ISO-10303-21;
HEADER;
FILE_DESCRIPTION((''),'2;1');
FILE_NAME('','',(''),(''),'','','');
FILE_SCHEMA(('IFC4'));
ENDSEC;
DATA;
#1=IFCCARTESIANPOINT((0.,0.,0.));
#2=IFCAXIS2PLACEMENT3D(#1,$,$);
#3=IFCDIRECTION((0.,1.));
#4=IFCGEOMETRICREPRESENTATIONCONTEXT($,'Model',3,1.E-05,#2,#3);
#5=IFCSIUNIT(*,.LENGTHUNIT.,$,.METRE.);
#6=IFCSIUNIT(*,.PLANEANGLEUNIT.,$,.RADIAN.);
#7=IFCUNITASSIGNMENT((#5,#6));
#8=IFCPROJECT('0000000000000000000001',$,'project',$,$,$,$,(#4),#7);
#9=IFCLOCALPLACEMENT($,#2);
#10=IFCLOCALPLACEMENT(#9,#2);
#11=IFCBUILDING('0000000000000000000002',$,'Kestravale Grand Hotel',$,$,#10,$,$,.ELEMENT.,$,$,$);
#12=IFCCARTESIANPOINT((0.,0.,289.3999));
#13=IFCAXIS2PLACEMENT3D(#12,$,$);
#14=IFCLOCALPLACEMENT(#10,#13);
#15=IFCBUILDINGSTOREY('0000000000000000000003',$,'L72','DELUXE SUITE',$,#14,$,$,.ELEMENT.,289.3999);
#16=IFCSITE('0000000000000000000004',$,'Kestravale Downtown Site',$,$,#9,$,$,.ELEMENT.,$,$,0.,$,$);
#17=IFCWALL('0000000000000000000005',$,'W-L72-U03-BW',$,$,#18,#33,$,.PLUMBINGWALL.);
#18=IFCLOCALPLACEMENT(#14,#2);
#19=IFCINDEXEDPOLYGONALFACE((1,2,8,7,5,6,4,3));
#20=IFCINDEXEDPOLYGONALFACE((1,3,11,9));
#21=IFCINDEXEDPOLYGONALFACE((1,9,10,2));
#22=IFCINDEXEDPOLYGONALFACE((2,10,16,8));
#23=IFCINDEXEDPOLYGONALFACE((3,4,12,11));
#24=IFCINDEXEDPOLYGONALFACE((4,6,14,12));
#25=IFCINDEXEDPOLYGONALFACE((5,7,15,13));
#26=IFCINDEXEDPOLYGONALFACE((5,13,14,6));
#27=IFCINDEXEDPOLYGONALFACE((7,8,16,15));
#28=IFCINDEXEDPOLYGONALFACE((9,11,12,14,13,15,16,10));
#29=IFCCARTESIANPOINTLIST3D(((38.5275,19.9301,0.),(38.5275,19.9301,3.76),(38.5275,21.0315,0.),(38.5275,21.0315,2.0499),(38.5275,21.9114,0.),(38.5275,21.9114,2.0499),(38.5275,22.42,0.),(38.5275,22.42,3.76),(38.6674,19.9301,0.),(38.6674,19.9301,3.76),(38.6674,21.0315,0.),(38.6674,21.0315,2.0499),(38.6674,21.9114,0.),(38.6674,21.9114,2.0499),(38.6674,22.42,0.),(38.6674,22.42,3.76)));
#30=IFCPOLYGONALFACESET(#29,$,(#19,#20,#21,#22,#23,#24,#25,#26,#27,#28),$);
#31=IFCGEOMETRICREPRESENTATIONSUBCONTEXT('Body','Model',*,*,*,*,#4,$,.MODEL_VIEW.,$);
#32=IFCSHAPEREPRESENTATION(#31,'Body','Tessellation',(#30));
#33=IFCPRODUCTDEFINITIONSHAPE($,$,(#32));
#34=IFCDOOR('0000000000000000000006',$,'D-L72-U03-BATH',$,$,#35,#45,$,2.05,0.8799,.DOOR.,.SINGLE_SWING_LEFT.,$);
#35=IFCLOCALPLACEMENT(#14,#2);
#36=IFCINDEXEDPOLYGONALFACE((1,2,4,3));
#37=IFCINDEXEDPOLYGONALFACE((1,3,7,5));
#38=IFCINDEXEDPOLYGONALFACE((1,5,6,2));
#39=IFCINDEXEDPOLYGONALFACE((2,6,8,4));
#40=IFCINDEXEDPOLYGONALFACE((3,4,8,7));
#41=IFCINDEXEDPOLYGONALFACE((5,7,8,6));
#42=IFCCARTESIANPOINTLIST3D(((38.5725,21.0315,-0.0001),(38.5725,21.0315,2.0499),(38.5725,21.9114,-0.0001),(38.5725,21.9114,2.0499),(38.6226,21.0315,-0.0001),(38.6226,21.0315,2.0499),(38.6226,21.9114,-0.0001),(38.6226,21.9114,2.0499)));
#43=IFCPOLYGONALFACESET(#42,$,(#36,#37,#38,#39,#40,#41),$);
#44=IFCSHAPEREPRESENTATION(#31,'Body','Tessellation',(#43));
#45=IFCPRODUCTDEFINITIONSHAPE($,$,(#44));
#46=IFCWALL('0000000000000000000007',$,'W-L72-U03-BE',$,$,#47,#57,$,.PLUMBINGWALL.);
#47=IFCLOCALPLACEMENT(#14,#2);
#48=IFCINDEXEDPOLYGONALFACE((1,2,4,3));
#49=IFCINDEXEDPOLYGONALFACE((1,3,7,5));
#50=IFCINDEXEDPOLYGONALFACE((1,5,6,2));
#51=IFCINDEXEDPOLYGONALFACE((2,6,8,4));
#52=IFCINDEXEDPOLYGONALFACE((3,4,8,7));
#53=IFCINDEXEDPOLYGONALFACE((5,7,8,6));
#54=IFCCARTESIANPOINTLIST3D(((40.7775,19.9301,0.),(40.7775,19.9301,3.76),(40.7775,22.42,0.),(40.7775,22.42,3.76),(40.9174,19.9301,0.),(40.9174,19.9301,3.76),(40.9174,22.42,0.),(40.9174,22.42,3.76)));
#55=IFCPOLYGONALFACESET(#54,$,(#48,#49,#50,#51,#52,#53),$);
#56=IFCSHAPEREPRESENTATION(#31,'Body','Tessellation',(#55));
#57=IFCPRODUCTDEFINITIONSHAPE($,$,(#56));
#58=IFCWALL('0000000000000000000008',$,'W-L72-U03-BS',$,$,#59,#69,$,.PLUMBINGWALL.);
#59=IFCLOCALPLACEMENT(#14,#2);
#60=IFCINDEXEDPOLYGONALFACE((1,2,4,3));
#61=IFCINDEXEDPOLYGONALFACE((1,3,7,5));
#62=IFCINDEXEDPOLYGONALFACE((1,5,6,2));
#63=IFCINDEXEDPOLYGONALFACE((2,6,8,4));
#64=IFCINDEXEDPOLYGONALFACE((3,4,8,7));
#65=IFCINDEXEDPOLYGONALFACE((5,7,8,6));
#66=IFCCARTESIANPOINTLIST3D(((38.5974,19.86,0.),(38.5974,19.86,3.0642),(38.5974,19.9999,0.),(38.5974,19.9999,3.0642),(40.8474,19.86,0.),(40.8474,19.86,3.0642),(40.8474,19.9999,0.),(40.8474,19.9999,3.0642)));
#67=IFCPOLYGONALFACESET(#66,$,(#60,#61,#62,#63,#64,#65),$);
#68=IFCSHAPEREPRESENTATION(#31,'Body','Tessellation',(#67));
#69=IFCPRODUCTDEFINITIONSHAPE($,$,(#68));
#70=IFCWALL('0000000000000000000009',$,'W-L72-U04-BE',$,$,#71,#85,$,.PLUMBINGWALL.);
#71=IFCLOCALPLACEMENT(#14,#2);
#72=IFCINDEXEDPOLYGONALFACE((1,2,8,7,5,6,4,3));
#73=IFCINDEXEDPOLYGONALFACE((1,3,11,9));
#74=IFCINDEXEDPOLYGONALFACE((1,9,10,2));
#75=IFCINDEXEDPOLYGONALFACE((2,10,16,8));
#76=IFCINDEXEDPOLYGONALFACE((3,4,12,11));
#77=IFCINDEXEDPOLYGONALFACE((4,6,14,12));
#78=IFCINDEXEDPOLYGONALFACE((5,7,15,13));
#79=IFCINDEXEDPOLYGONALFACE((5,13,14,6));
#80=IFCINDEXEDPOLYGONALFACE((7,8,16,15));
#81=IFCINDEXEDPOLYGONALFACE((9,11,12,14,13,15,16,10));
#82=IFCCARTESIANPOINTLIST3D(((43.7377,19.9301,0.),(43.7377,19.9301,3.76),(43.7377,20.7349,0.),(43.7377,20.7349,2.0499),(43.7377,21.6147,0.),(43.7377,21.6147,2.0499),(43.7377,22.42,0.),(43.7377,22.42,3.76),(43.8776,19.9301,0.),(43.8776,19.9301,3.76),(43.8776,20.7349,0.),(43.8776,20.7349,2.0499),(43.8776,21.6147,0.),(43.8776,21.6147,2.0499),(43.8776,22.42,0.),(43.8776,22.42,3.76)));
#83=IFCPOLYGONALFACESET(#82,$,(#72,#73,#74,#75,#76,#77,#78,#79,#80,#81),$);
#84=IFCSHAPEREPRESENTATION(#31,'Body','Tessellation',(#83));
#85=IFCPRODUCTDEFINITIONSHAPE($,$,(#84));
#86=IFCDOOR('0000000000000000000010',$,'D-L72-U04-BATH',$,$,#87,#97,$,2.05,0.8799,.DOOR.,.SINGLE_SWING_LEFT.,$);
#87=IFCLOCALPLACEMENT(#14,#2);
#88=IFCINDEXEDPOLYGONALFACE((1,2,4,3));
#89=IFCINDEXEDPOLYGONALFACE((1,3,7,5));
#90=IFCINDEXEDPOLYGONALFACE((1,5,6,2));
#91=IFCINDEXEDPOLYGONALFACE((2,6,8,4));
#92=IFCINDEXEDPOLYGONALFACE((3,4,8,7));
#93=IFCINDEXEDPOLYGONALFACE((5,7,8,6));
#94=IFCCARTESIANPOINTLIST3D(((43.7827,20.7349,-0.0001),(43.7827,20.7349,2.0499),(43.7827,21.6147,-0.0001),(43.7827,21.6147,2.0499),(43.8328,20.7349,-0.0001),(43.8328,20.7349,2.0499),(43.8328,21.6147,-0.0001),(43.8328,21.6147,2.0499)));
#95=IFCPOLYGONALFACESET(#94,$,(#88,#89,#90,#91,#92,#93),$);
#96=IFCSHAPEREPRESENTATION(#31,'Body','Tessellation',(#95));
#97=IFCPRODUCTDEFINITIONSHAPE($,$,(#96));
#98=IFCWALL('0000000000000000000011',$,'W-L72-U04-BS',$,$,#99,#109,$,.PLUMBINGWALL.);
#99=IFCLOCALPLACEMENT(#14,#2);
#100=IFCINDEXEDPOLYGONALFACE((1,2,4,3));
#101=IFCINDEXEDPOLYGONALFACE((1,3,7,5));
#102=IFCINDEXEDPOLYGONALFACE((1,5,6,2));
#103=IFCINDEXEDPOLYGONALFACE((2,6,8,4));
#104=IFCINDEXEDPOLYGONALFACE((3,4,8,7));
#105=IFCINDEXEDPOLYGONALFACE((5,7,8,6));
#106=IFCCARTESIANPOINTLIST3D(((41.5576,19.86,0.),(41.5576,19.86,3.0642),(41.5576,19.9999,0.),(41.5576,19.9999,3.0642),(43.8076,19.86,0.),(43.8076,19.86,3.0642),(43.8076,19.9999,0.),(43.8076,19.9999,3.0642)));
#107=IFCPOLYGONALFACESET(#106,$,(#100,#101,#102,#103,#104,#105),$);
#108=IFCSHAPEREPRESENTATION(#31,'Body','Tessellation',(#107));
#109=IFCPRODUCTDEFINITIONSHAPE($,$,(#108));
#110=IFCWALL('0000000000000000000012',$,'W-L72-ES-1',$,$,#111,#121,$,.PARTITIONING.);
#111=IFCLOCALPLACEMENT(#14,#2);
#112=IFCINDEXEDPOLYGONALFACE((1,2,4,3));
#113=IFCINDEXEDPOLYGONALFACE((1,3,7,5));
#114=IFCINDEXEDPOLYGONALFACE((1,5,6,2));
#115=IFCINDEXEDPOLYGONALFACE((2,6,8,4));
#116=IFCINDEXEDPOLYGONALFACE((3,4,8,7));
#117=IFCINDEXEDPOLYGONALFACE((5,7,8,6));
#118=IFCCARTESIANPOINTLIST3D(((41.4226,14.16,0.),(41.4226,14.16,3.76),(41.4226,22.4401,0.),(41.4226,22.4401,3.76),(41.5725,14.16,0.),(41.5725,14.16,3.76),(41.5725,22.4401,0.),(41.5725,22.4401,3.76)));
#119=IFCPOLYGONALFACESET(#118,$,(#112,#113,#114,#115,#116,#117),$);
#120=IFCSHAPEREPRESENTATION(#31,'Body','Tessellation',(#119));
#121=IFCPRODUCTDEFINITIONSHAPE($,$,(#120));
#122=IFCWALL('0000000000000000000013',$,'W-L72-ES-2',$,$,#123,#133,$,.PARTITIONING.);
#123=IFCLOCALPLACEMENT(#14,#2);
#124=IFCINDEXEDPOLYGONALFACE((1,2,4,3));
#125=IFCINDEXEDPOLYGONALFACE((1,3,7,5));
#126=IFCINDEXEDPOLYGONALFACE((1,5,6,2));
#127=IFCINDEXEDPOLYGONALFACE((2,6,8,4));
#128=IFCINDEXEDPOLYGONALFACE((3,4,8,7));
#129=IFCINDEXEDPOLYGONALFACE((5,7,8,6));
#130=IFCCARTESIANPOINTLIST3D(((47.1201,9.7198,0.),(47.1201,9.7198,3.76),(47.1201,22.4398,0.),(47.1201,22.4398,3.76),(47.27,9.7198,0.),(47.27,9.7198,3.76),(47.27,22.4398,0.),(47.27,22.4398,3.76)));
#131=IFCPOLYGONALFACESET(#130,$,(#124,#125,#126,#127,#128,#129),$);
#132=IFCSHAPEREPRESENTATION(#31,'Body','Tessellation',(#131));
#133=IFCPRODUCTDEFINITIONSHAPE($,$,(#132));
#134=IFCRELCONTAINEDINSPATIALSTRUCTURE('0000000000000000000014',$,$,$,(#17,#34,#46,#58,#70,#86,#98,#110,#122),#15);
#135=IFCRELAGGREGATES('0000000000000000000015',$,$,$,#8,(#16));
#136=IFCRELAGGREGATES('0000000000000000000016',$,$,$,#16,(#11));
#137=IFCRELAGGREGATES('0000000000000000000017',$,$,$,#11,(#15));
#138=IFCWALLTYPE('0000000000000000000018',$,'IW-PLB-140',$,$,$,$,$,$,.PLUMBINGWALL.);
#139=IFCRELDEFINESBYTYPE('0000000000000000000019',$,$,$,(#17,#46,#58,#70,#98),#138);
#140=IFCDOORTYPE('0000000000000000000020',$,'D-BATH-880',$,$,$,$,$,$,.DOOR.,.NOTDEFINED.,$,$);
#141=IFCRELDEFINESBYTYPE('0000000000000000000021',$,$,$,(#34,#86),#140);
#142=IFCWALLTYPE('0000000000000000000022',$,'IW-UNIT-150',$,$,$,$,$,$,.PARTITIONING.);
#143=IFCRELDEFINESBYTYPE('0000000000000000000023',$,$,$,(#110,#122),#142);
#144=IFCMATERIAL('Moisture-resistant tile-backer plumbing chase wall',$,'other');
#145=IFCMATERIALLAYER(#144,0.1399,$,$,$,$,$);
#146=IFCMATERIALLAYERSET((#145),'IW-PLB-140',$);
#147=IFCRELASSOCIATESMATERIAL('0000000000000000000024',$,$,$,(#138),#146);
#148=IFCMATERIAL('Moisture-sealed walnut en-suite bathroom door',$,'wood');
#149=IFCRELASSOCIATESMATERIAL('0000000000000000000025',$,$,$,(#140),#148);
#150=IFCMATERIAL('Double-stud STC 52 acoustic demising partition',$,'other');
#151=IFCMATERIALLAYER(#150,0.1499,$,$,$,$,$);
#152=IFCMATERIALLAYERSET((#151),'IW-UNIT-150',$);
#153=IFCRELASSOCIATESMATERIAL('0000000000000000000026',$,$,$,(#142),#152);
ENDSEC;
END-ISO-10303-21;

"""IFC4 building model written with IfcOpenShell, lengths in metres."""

from ifc_helpers import new_model, si_unit, direction, frame, frame_2d, origin, place, context, subcontext, project, spatial, rectangle, extrude, material, layer, layer_set, type_object, element, fill, save


model = new_model("IFC4")

# Units and contexts
model_context = context("Model", 3, precision=1e-05, world=origin(), true_north=direction((0.0, 1.0)))
body_context = subcontext(model_context, "Body", "Model", "MODEL_VIEW")
ifc_project = project(units=[si_unit("LENGTHUNIT", "METRE"), si_unit("PLANEANGLEUNIT", "RADIAN")], contexts=[model_context])

# Site, building, storey
site_placement = place(None, origin())
site = spatial("IfcSite", under=ifc_project, at=site_placement, Name="Kestravale Downtown Site", CompositionType="ELEMENT", RefElevation=0.0)
building_placement = place(site_placement, origin())
building = spatial("IfcBuilding", under=site, at=building_placement, Name="Kestravale Grand Hotel", CompositionType="ELEMENT")
storey_placement = place(building_placement, frame((0.0, 0.0, 289.3999)))
storey = spatial("IfcBuildingStorey", under=building, at=storey_placement, Name="L72", Description="DELUXE SUITE", CompositionType="ELEMENT", Elevation=289.3999)

# Wall, opening, door
ifc_material_1 = material(Name="Moisture-resistant tile-backer plumbing chase wall", Category="other")
ifc_layer_1 = layer(ifc_material_1, 0.1399)
ifc_layer_set_1 = layer_set([ifc_layer_1], Name="IW-PLB-140")
wall_type_1 = type_object("IfcWallType", Name="IW-PLB-140", PredefinedType="PLUMBINGWALL", material=ifc_layer_set_1)
wall_1_placement = place(storey_placement, frame((38.5974, 19.9299, 0.0), z_axis=(0.0, 0.0, 1.0), x_axis=(0.0, 1.0, 0.0)))
wall_1 = element("IfcWall", 1, at=wall_1_placement, inside=storey, type_object=wall_type_1, Name="W-L72-U03-BW", PredefinedType="PLUMBINGWALL", context=body_context, shape_type="SweptSolid", body=[
    extrude(rectangle(XDim=2.49, YDim=0.1399, at=frame_2d((1.2451, 0.0))), origin(), (0.0, 0.0, 1.0), 3.76),
])
opening_1_placement = place(wall_1_placement, frame((1.1016, 0.0, 0.0)))
opening_1 = element("IfcOpeningElement", 2, at=opening_1_placement, cuts=wall_1, PredefinedType="OPENING", context=body_context, shape_type="SweptSolid", body=[
    extrude(rectangle(XDim=0.8799, YDim=2.05, at=frame_2d((0.4399, 1.0249))), frame((0.0, 0.0798, 0.0), z_axis=(0.0, -1.0, 0.0), x_axis=(1.0, 0.0, 0.0)), (0.0, 0.0, 1.0), 0.1599),
])
ifc_material_2 = material(Name="Moisture-sealed walnut en-suite bathroom door", Category="wood")
door_type_1 = type_object("IfcDoorType", Name="D-BATH-880", OperationType="NOTDEFINED", PredefinedType="DOOR", material=ifc_material_2)
door_1_placement = place(opening_1_placement, origin())
door_1 = element("IfcDoor", 3, at=door_1_placement, inside=storey, type_object=door_type_1, Name="D-L72-U03-BATH", OperationType="SINGLE_SWING_LEFT", OverallHeight=2.05, OverallWidth=0.8799, PredefinedType="DOOR", context=body_context, shape_type="SweptSolid", body=[
    extrude(rectangle(XDim=0.8799, YDim=2.05, at=frame_2d((0.4399, 1.0249))), frame((0.0, 0.0249, 0.0), z_axis=(0.0, -1.0, 0.0), x_axis=(1.0, 0.0, 0.0)), (0.0, 0.0, 1.0), 0.05),
])
fill(opening_1, door_1)

# Walls
wall_2_placement = place(storey_placement, frame((40.8474, 19.9299, 0.0), z_axis=(0.0, 0.0, 1.0), x_axis=(0.0, 1.0, 0.0)))
element("IfcWall", 4, at=wall_2_placement, inside=storey, type_object=wall_type_1, Name="W-L72-U03-BE", PredefinedType="PLUMBINGWALL", context=body_context, shape_type="SweptSolid", body=[
    extrude(rectangle(XDim=2.49, YDim=0.1399, at=frame_2d((1.2451, 0.0))), origin(), (0.0, 0.0, 1.0), 3.76),
])
wall_3_placement = place(storey_placement, frame((38.5974, 19.9299, 0.0), z_axis=(0.0, 0.0, 1.0), x_axis=(1.0, 0.0, 0.0)))
element("IfcWall", 5, at=wall_3_placement, inside=storey, type_object=wall_type_1, Name="W-L72-U03-BS", PredefinedType="PLUMBINGWALL", context=body_context, shape_type="SweptSolid", body=[
    extrude(rectangle(XDim=2.25, YDim=0.1399, at=frame_2d((1.125, 0.0))), origin(), (0.0, 0.0, 1.0), 3.0642),
])

# Wall, opening, door
wall_4_placement = place(storey_placement, frame((43.8076, 19.9299, 0.0), z_axis=(0.0, 0.0, 1.0), x_axis=(0.0, 1.0, 0.0)))
wall_4 = element("IfcWall", 6, at=wall_4_placement, inside=storey, type_object=wall_type_1, Name="W-L72-U04-BE", PredefinedType="PLUMBINGWALL", context=body_context, shape_type="SweptSolid", body=[
    extrude(rectangle(XDim=2.49, YDim=0.1399, at=frame_2d((1.2451, 0.0))), origin(), (0.0, 0.0, 1.0), 3.76),
])
opening_2_placement = place(wall_4_placement, frame((0.8049, 0.0, 0.0)))
opening_2 = element("IfcOpeningElement", 7, at=opening_2_placement, cuts=wall_4, PredefinedType="OPENING", context=body_context, shape_type="SweptSolid", body=[
    extrude(rectangle(XDim=0.8799, YDim=2.05, at=frame_2d((0.4399, 1.0249))), frame((0.0, 0.0798, 0.0), z_axis=(0.0, -1.0, 0.0), x_axis=(1.0, 0.0, 0.0)), (0.0, 0.0, 1.0), 0.1599),
])
door_2_placement = place(opening_2_placement, origin())
door_2 = element("IfcDoor", 8, at=door_2_placement, inside=storey, type_object=door_type_1, Name="D-L72-U04-BATH", OperationType="SINGLE_SWING_LEFT", OverallHeight=2.05, OverallWidth=0.8799, PredefinedType="DOOR", context=body_context, shape_type="SweptSolid", body=[
    extrude(rectangle(XDim=0.8799, YDim=2.05, at=frame_2d((0.4399, 1.0249))), frame((0.0, 0.0249, 0.0), z_axis=(0.0, -1.0, 0.0), x_axis=(1.0, 0.0, 0.0)), (0.0, 0.0, 1.0), 0.05),
])
fill(opening_2, door_2)

# Walls
wall_5_placement = place(storey_placement, frame((41.5576, 19.9299, 0.0), z_axis=(0.0, 0.0, 1.0), x_axis=(1.0, 0.0, 0.0)))
element("IfcWall", 9, at=wall_5_placement, inside=storey, type_object=wall_type_1, Name="W-L72-U04-BS", PredefinedType="PLUMBINGWALL", context=body_context, shape_type="SweptSolid", body=[
    extrude(rectangle(XDim=2.25, YDim=0.1399, at=frame_2d((1.125, 0.0))), origin(), (0.0, 0.0, 1.0), 3.0642),
])
ifc_material_3 = material(Name="Double-stud STC 52 acoustic demising partition", Category="other")
ifc_layer_2 = layer(ifc_material_3, 0.1499)
ifc_layer_set_2 = layer_set([ifc_layer_2], Name="IW-UNIT-150")
wall_type_2 = type_object("IfcWallType", Name="IW-UNIT-150", PredefinedType="PARTITIONING", material=ifc_layer_set_2)
wall_6_placement = place(storey_placement, frame((41.4976, 14.1599, 0.0), z_axis=(0.0, 0.0, 1.0), x_axis=(0.0, 1.0, 0.0)))
element("IfcWall", 10, at=wall_6_placement, inside=storey, type_object=wall_type_2, Name="W-L72-ES-1", PredefinedType="PARTITIONING", context=body_context, shape_type="SweptSolid", body=[
    extrude(rectangle(XDim=8.28, YDim=0.1499, at=frame_2d((4.1401, 0.0))), origin(), (0.0, 0.0, 1.0), 3.76),
])
wall_7_placement = place(storey_placement, frame((47.1951, 9.72, 0.0), z_axis=(0.0, 0.0, 1.0), x_axis=(0.0, 1.0, 0.0)))
element("IfcWall", 11, at=wall_7_placement, inside=storey, type_object=wall_type_2, Name="W-L72-ES-2", PredefinedType="PARTITIONING", context=body_context, shape_type="SweptSolid", body=[
    extrude(rectangle(XDim=12.72, YDim=0.1499, at=frame_2d((6.3599, 0.0))), origin(), (0.0, 0.0, 1.0), 3.76),
])

save(model, "model.ifc")
